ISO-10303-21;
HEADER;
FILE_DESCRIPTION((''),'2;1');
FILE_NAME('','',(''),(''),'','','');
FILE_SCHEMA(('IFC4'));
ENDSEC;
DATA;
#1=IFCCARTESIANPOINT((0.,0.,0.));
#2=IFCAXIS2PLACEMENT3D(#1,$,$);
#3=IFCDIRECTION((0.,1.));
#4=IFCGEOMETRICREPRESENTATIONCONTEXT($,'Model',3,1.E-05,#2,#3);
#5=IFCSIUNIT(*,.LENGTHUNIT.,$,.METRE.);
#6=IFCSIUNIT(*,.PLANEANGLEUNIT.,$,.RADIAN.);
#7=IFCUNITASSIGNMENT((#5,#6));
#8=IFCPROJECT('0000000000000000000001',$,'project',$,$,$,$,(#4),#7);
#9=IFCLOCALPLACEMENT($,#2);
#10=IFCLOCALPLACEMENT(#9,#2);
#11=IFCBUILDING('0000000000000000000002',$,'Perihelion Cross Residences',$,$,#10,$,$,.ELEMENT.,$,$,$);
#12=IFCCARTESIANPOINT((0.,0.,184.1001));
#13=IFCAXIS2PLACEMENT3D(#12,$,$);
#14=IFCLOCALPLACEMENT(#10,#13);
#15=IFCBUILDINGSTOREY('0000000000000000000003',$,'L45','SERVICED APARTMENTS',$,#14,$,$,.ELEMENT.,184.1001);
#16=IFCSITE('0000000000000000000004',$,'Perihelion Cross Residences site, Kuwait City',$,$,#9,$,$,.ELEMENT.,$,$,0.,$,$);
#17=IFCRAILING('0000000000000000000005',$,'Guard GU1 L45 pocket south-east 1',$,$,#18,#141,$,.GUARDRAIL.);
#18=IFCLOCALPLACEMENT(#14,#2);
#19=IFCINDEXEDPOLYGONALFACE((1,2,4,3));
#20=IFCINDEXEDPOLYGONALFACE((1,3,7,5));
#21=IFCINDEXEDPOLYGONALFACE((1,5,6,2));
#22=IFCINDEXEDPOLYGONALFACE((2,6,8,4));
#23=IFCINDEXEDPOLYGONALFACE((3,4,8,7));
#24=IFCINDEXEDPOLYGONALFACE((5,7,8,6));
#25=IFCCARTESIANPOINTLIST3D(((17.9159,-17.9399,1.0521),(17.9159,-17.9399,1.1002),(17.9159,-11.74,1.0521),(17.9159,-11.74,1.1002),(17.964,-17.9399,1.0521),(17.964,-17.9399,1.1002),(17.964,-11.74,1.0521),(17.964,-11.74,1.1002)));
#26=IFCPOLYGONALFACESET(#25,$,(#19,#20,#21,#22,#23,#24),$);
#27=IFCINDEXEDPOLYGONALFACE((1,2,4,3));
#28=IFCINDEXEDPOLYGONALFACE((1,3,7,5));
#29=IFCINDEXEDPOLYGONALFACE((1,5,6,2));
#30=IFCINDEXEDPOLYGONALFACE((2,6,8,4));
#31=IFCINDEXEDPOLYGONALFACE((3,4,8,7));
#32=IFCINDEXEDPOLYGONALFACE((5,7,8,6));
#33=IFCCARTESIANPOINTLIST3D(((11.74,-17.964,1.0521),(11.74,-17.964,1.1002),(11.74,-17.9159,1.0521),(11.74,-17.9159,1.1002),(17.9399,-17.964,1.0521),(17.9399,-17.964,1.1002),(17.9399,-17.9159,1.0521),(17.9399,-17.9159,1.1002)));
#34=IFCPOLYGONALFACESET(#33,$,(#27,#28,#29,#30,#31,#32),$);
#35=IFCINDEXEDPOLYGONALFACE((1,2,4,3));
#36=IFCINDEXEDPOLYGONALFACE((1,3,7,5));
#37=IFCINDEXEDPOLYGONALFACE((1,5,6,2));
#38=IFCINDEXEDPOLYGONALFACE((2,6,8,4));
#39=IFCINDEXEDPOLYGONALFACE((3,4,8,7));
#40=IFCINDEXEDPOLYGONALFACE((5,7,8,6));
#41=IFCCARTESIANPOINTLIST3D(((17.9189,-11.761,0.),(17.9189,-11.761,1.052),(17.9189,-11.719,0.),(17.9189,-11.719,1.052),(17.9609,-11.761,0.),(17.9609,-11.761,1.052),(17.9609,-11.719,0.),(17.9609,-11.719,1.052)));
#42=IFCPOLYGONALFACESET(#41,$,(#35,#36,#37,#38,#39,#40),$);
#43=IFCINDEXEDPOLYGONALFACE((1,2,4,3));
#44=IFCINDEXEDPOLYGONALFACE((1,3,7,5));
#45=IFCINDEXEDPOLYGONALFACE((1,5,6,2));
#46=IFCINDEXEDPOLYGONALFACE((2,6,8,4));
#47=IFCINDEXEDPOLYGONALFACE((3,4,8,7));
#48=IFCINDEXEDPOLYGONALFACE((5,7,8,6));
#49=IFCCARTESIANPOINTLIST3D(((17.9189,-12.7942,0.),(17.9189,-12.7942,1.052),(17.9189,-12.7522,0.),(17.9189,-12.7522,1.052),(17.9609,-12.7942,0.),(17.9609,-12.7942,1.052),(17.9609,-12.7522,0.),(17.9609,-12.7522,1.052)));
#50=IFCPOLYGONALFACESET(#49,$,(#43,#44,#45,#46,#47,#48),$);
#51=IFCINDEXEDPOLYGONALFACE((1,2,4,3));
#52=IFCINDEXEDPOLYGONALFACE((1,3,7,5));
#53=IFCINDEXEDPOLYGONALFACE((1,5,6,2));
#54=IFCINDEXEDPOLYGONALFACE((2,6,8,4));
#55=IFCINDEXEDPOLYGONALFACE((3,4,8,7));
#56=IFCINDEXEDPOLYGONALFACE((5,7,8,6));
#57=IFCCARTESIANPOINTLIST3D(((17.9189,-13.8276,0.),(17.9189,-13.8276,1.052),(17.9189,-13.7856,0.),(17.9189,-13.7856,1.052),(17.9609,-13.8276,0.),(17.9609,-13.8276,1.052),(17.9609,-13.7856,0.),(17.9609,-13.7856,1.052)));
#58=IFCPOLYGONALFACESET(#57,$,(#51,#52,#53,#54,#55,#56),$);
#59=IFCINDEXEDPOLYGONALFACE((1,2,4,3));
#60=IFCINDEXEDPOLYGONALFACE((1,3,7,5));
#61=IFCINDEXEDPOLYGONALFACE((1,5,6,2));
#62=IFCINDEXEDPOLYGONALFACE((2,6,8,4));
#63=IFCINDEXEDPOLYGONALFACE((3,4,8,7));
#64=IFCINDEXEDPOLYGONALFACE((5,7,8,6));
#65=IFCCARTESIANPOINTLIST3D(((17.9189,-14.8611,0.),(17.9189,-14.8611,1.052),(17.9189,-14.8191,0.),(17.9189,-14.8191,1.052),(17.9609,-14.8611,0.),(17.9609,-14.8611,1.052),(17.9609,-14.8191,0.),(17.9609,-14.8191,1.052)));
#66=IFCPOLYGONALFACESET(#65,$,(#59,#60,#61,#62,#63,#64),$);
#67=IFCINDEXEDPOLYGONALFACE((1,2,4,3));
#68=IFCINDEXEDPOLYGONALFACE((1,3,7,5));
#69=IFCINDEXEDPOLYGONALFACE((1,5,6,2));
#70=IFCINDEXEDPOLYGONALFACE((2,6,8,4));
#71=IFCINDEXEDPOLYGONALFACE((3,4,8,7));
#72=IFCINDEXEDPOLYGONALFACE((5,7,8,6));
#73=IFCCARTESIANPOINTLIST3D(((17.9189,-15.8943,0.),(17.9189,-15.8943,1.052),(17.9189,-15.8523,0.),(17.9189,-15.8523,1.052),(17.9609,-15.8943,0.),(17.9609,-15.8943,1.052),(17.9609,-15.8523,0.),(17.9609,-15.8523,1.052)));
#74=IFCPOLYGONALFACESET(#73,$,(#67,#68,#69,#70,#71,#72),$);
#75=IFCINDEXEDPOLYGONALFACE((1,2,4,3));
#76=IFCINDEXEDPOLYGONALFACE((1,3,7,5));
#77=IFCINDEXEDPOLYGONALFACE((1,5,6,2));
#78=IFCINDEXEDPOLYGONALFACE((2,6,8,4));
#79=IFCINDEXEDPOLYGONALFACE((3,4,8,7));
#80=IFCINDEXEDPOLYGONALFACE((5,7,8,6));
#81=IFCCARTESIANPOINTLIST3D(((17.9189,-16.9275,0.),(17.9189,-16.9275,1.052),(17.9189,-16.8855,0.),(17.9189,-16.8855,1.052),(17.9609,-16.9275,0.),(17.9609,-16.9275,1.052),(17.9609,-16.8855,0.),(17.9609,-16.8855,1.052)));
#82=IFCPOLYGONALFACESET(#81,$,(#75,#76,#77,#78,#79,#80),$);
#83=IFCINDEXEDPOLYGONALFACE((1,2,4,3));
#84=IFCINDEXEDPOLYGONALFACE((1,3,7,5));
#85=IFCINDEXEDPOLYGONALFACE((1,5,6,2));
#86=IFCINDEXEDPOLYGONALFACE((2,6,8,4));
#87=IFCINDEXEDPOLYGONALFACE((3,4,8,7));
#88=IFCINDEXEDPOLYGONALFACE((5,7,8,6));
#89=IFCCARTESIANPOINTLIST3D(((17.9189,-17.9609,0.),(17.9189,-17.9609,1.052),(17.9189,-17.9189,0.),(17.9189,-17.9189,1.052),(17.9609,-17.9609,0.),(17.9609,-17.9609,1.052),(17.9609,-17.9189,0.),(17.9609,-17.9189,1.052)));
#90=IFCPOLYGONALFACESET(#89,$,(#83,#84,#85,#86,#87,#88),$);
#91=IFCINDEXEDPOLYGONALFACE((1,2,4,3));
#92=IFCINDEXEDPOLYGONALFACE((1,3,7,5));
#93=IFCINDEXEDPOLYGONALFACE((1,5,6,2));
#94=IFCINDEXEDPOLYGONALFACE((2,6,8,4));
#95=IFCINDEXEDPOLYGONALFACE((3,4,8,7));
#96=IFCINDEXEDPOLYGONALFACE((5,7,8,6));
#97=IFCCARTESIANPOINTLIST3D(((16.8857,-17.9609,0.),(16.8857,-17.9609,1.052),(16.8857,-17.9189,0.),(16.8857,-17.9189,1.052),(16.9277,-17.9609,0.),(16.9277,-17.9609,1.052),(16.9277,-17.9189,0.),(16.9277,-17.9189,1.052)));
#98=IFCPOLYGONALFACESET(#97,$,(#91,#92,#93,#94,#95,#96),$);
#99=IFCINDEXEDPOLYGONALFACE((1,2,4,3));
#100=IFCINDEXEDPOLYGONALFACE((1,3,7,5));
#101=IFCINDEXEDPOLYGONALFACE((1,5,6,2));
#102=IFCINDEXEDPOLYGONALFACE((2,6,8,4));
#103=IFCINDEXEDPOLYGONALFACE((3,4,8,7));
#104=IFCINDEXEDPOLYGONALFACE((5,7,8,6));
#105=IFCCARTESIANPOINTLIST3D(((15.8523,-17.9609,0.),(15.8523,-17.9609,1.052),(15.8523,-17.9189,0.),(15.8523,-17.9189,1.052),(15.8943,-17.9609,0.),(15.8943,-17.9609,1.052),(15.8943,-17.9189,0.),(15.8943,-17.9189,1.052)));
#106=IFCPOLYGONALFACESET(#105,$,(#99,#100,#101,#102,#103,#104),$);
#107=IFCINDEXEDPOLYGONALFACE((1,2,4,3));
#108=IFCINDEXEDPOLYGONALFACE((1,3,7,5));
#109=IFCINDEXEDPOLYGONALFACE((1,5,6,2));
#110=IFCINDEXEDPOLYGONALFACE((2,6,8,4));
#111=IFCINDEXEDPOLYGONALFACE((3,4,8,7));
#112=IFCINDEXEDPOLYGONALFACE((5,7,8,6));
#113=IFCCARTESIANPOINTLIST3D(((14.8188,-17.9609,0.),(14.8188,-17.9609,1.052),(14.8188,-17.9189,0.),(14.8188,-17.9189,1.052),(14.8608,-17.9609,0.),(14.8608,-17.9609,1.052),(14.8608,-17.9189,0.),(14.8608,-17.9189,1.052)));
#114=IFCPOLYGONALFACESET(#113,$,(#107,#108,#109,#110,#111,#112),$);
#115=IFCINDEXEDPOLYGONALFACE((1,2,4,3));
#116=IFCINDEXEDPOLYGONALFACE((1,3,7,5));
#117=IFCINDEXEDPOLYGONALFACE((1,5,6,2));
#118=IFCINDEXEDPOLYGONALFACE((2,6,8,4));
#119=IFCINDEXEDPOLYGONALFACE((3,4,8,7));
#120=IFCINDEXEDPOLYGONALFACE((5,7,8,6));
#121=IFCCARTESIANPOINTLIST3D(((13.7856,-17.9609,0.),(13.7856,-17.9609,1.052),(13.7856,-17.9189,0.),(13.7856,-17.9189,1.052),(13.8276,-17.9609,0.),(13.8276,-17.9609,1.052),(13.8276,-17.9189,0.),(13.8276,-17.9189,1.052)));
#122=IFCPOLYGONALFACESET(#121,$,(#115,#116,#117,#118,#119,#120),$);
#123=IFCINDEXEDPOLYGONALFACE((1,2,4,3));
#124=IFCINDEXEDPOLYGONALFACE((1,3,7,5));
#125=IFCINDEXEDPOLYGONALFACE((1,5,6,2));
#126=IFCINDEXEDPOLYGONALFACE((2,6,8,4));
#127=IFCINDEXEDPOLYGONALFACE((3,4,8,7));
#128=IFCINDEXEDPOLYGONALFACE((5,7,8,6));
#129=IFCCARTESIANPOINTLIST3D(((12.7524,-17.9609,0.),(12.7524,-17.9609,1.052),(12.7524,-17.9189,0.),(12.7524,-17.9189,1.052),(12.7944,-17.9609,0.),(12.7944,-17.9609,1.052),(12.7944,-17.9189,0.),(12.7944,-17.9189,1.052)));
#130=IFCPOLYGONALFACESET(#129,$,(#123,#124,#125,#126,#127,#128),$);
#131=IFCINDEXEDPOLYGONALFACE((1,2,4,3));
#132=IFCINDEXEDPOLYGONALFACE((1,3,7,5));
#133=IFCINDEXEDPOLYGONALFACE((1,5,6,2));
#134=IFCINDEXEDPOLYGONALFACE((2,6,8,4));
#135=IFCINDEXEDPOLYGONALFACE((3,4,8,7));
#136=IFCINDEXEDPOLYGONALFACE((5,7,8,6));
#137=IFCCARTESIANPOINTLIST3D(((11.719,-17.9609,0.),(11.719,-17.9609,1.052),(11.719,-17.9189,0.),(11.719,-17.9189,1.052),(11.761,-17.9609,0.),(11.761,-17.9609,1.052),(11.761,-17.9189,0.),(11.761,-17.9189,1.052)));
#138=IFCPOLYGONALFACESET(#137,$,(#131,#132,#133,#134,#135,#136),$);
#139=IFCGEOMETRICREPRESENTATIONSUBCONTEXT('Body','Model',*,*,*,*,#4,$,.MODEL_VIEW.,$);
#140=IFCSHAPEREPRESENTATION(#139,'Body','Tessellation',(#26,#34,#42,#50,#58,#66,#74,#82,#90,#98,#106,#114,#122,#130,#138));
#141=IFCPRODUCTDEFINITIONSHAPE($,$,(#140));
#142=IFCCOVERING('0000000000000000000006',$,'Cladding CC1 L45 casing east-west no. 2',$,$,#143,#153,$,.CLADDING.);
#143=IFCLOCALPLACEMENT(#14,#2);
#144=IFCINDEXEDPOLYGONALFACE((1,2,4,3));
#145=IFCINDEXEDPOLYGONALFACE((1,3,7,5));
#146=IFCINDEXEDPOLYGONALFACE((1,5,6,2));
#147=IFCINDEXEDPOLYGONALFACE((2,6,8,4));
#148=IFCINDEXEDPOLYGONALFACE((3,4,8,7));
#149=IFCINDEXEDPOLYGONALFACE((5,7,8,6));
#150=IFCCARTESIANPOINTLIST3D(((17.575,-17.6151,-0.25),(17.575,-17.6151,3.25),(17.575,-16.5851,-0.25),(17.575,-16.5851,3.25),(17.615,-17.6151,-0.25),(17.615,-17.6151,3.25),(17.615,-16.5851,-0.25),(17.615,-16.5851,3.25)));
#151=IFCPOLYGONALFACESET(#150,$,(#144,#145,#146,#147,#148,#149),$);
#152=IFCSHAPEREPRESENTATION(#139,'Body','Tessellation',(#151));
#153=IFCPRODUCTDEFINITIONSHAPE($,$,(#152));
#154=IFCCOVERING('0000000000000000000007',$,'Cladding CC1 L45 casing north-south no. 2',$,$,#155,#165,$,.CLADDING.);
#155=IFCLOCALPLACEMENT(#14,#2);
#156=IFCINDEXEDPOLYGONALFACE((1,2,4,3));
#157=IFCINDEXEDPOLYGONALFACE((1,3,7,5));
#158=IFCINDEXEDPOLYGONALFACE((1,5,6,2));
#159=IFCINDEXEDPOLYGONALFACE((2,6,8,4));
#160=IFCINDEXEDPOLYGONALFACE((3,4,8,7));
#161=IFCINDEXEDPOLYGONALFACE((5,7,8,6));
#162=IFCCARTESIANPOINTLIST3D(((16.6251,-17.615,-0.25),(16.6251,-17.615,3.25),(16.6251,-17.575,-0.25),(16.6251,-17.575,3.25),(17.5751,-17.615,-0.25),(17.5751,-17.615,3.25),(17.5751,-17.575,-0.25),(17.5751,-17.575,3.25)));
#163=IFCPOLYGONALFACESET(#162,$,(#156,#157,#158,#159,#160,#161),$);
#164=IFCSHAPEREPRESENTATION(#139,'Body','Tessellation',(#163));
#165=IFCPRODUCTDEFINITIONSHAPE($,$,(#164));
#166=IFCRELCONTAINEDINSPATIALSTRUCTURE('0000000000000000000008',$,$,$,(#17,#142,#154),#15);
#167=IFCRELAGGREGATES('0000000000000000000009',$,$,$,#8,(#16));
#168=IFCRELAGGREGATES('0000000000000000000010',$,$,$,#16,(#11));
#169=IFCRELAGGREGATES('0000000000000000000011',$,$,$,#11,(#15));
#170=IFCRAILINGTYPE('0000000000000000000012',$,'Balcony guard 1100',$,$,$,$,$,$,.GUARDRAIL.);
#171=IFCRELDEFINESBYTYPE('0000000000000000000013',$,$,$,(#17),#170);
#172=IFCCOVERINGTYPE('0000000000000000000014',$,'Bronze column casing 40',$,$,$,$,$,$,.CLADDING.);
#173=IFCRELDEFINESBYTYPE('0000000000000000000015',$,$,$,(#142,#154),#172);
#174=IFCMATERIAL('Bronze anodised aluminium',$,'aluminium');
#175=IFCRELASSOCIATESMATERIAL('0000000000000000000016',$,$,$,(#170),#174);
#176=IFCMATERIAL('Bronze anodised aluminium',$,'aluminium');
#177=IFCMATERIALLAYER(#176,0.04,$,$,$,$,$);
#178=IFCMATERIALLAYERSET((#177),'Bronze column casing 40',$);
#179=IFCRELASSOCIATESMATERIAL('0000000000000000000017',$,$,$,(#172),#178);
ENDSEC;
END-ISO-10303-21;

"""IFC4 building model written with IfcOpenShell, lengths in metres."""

from ifc_helpers import new_model, si_unit, direction, frame, origin, origin_2d, place, context, subcontext, project, spatial, rectangle, extrude, material, layer, layer_set, type_object, element, save


model = new_model("IFC4")

# Units and contexts
model_context = context("Model", 3, precision=1e-05, world=origin(), true_north=direction((0.0, 1.0)))
body_context = subcontext(model_context, "Body", "Model", "MODEL_VIEW")
ifc_project = project(units=[si_unit("LENGTHUNIT", "METRE"), si_unit("PLANEANGLEUNIT", "RADIAN")], contexts=[model_context])

# Site, building, storey
site_placement = place(None, origin())
site = spatial("IfcSite", under=ifc_project, at=site_placement, Name="Perihelion Cross Residences site, Kuwait City", CompositionType="ELEMENT", RefElevation=0.0)
building_placement = place(site_placement, origin())
building = spatial("IfcBuilding", under=site, at=building_placement, Name="Perihelion Cross Residences", CompositionType="ELEMENT")
storey_placement = place(building_placement, frame((0.0, 0.0, 184.1001)))
storey = spatial("IfcBuildingStorey", under=building, at=storey_placement, Name="L45", Description="SERVICED APARTMENTS", CompositionType="ELEMENT", Elevation=184.1001)

# Railing
ifc_material_1 = material(Name="Bronze anodised aluminium", Category="aluminium")
railing_type = type_object("IfcRailingType", Name="Balcony guard 1100", PredefinedType="GUARDRAIL", material=ifc_material_1)
railing_1_placement = place(storey_placement, frame((17.9399, -11.74, 0.0)))
element("IfcRailing", 1, at=railing_1_placement, inside=storey, type_object=railing_type, Name="Guard GU1 L45 pocket south-east 1", PredefinedType="GUARDRAIL", context=body_context, shape_type="SweptSolid", body=[
    extrude(rectangle(XDim=0.0481, YDim=0.0481, at=origin_2d()), frame((0.0, 0.0, 1.0762), z_axis=(0.0, -1.0, 0.0), x_axis=(1.0, 0.0, 0.0)), (0.0, 0.0, 1.0), 6.2),
    extrude(rectangle(XDim=0.0481, YDim=0.0481, at=origin_2d()), frame((0.0, -6.2, 1.0762), z_axis=(-1.0, 0.0, 0.0), x_axis=(0.0, -1.0, 0.0)), (0.0, 0.0, 1.0), 6.2),
    extrude(rectangle(XDim=0.042, YDim=0.042, at=origin_2d()), origin(), (0.0, 0.0, 1.0), 1.052),
    extrude(rectangle(XDim=0.042, YDim=0.042, at=origin_2d()), frame((0.0, -1.0332, 0.0)), (0.0, 0.0, 1.0), 1.052),
    extrude(rectangle(XDim=0.042, YDim=0.042, at=origin_2d()), frame((0.0, -2.0667, 0.0)), (0.0, 0.0, 1.0), 1.052),
    extrude(rectangle(XDim=0.042, YDim=0.042, at=origin_2d()), frame((0.0, -3.1001, 0.0)), (0.0, 0.0, 1.0), 1.052),
    extrude(rectangle(XDim=0.042, YDim=0.042, at=origin_2d()), frame((0.0, -4.1333, 0.0)), (0.0, 0.0, 1.0), 1.052),
    extrude(rectangle(XDim=0.042, YDim=0.042, at=origin_2d()), frame((0.0, -5.1665, 0.0)), (0.0, 0.0, 1.0), 1.052),
    extrude(rectangle(XDim=0.042, YDim=0.042, at=origin_2d()), frame((0.0, -6.2, 0.0)), (0.0, 0.0, 1.0), 1.052),
    extrude(rectangle(XDim=0.042, YDim=0.042, at=origin_2d()), frame((-1.0332, -6.2, 0.0)), (0.0, 0.0, 1.0), 1.052),
    extrude(rectangle(XDim=0.042, YDim=0.042, at=origin_2d()), frame((-2.0667, -6.2, 0.0)), (0.0, 0.0, 1.0), 1.052),
    extrude(rectangle(XDim=0.042, YDim=0.042, at=origin_2d()), frame((-3.1001, -6.2, 0.0)), (0.0, 0.0, 1.0), 1.052),
    extrude(rectangle(XDim=0.042, YDim=0.042, at=origin_2d()), frame((-4.1333, -6.2, 0.0)), (0.0, 0.0, 1.0), 1.052),
    extrude(rectangle(XDim=0.042, YDim=0.042, at=origin_2d()), frame((-5.1665, -6.2, 0.0)), (0.0, 0.0, 1.0), 1.052),
    extrude(rectangle(XDim=0.042, YDim=0.042, at=origin_2d()), frame((-6.2, -6.2, 0.0)), (0.0, 0.0, 1.0), 1.052),
])

# Coverings
ifc_material_2 = material(Name="Bronze anodised aluminium", Category="aluminium")
ifc_layer_1 = layer(ifc_material_2, 0.04)
ifc_layer_set_1 = layer_set([ifc_layer_1], Name="Bronze column casing 40")
covering_type = type_object("IfcCoveringType", Name="Bronze column casing 40", PredefinedType="CLADDING", material=ifc_layer_set_1)
covering_1_placement = place(storey_placement, frame((17.595, -17.1001, -0.25), z_axis=(0.0, 0.0, 1.0), x_axis=(1.0, 0.0, 0.0)))
element("IfcCovering", 2, at=covering_1_placement, inside=storey, type_object=covering_type, Name="Cladding CC1 L45 casing east-west no. 2", PredefinedType="CLADDING", context=body_context, shape_type="SweptSolid", body=[
    extrude(rectangle(XDim=0.04, YDim=1.03, at=origin_2d()), origin(), (0.0, 0.0, 1.0), 3.5),
])
covering_2_placement = place(storey_placement, frame((17.1001, -17.595, -0.25), z_axis=(0.0, 0.0, 1.0), x_axis=(1.0, 0.0, 0.0)))
element("IfcCovering", 3, at=covering_2_placement, inside=storey, type_object=covering_type, Name="Cladding CC1 L45 casing north-south no. 2", PredefinedType="CLADDING", context=body_context, shape_type="SweptSolid", body=[
    extrude(rectangle(XDim=0.95, YDim=0.04, at=origin_2d()), origin(), (0.0, 0.0, 1.0), 3.5),
])

save(model, "model.ifc")
